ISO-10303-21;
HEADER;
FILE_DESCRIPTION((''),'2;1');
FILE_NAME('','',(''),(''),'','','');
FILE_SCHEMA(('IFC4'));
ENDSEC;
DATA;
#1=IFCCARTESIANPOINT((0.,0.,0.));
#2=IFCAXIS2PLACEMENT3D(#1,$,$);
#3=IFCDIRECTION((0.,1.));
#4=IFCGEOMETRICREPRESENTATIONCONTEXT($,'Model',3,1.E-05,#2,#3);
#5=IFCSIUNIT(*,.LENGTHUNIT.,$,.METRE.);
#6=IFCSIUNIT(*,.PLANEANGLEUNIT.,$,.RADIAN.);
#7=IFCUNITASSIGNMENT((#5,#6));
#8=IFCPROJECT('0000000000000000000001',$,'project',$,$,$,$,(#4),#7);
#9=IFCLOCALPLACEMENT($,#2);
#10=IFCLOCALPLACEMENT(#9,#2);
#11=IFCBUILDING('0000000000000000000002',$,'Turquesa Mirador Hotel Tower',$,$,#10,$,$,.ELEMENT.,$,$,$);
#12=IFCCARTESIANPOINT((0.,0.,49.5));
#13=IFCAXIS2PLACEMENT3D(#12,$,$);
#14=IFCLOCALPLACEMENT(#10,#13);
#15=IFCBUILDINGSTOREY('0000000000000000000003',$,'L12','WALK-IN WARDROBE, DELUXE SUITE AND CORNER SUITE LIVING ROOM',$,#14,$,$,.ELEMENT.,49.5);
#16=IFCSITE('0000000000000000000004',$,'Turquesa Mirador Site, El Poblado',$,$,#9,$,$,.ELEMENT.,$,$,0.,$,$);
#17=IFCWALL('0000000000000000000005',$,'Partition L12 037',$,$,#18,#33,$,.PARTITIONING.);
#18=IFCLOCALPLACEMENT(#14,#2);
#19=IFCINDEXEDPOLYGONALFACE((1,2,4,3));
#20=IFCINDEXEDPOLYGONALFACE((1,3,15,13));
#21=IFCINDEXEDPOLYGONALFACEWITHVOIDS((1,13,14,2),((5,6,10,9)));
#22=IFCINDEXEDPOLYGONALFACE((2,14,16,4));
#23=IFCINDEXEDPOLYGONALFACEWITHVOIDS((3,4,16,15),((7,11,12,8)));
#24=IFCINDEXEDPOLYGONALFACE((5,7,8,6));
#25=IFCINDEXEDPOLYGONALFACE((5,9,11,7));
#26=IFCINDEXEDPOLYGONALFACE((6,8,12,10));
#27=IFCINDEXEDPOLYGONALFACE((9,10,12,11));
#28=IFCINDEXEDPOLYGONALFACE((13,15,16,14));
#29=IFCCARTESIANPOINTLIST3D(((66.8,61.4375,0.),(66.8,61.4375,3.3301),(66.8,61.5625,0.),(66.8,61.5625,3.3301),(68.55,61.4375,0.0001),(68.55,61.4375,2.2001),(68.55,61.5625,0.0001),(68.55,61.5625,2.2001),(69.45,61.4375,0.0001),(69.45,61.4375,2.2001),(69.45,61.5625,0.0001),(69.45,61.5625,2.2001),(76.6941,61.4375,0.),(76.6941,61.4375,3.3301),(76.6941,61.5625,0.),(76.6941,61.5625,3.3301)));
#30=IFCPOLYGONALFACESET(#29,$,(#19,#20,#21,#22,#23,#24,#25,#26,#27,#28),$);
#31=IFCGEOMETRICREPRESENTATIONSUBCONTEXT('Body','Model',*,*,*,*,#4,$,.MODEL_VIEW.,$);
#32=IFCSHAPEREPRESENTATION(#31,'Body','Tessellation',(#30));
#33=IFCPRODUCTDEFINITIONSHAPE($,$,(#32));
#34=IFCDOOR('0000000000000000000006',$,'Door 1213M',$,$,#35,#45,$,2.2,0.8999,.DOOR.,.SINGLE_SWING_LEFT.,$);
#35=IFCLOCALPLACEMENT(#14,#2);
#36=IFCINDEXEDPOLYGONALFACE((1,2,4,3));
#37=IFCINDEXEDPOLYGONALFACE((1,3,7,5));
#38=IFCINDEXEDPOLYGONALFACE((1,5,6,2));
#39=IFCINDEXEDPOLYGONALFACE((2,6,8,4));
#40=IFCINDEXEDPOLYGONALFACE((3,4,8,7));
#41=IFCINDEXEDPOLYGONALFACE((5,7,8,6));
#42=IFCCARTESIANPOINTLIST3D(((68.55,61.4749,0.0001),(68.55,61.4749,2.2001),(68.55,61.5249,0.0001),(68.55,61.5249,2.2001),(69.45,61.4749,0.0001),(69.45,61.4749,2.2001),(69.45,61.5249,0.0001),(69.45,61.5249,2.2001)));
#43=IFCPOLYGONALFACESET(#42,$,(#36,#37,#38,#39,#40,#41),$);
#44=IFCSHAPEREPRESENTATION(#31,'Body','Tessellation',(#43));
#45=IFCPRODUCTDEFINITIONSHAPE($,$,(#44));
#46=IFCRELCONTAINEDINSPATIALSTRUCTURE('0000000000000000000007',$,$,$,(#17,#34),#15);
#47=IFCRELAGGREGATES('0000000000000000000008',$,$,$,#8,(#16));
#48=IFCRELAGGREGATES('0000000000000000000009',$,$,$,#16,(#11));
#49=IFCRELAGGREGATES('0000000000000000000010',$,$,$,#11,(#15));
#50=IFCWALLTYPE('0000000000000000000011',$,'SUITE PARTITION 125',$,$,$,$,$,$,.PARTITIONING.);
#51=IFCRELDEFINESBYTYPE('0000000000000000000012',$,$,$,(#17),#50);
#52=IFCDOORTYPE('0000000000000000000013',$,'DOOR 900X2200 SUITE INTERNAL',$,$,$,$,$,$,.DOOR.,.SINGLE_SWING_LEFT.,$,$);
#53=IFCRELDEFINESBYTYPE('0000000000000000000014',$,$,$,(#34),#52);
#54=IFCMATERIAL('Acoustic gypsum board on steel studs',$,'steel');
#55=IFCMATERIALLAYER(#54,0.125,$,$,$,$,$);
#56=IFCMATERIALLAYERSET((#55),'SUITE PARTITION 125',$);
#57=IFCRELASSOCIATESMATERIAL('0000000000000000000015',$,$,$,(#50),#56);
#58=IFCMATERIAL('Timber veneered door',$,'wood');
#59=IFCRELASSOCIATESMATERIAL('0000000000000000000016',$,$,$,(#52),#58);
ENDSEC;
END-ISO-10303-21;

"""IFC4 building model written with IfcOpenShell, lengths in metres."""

from ifc_helpers import new_model, si_unit, direction, frame, frame_2d, origin, place, context, subcontext, project, spatial, rectangle, extrude, material, layer, layer_set, type_object, element, fill, save


model = new_model("IFC4")

# Units and contexts
model_context = context("Model", 3, precision=1e-05, world=origin(), true_north=direction((0.0, 1.0)))
body_context = subcontext(model_context, "Body", "Model", "MODEL_VIEW")
ifc_project = project(units=[si_unit("LENGTHUNIT", "METRE"), si_unit("PLANEANGLEUNIT", "RADIAN")], contexts=[model_context])

# Site, building, storey
site_placement = place(None, origin())
site = spatial("IfcSite", under=ifc_project, at=site_placement, Name="Turquesa Mirador Site, El Poblado", CompositionType="ELEMENT", RefElevation=0.0)
building_placement = place(site_placement, origin())
building = spatial("IfcBuilding", under=site, at=building_placement, Name="Turquesa Mirador Hotel Tower", CompositionType="ELEMENT")
storey_placement = place(building_placement, frame((0.0, 0.0, 49.5)))
storey = spatial("IfcBuildingStorey", under=building, at=storey_placement, Name="L12", Description="WALK-IN WARDROBE, DELUXE SUITE AND CORNER SUITE LIVING ROOM", CompositionType="ELEMENT", Elevation=49.5)

# Wall, opening, door
ifc_material_1 = material(Name="Acoustic gypsum board on steel studs", Category="steel")
ifc_layer_1 = layer(ifc_material_1, 0.125)
ifc_layer_set_1 = layer_set([ifc_layer_1], Name="SUITE PARTITION 125")
wall_type_1 = type_object("IfcWallType", Name="SUITE PARTITION 125", PredefinedType="PARTITIONING", material=ifc_layer_set_1)
wall_1_placement = place(storey_placement, frame((66.8, 61.5, 0.0), z_axis=(0.0, 0.0, 1.0), x_axis=(1.0, 0.0, 0.0)))
wall_1 = element("IfcWall", 1, at=wall_1_placement, inside=storey, type_object=wall_type_1, Name="Partition L12 037", PredefinedType="PARTITIONING", context=body_context, shape_type="SweptSolid", body=[
    extrude(rectangle(XDim=9.894, YDim=0.125, at=frame_2d((4.947, 0.0))), origin(), (0.0, 0.0, 1.0), 3.3301),
])
opening_1_placement = place(wall_1_placement, frame((1.75, 0.0, 0.0)))
opening_1 = element("IfcOpeningElement", 2, at=opening_1_placement, cuts=wall_1, PredefinedType="OPENING", context=body_context, shape_type="SweptSolid", body=[
    extrude(rectangle(XDim=0.8999, YDim=2.2, at=frame_2d((0.45, 1.1001))), frame((0.0, 0.0725, 0.0), z_axis=(0.0, -1.0, 0.0), x_axis=(1.0, 0.0, 0.0)), (0.0, 0.0, 1.0), 0.145),
])
ifc_material_2 = material(Name="Timber veneered door", Category="wood")
door_type = type_object("IfcDoorType", Name="DOOR 900X2200 SUITE INTERNAL", OperationType="SINGLE_SWING_LEFT", PredefinedType="DOOR", material=ifc_material_2)
door_placement = place(opening_1_placement, origin())
door = element("IfcDoor", 3, at=door_placement, inside=storey, type_object=door_type, Name="Door 1213M", OperationType="SINGLE_SWING_LEFT", OverallHeight=2.2, OverallWidth=0.8999, PredefinedType="DOOR", context=body_context, shape_type="SweptSolid", body=[
    extrude(rectangle(XDim=0.8999, YDim=2.2, at=frame_2d((0.45, 1.1001))), frame((0.0, 0.0249, 0.0), z_axis=(0.0, -1.0, 0.0), x_axis=(1.0, 0.0, 0.0)), (0.0, 0.0, 1.0), 0.05),
])
fill(opening_1, door)

save(model, "model.ifc")
